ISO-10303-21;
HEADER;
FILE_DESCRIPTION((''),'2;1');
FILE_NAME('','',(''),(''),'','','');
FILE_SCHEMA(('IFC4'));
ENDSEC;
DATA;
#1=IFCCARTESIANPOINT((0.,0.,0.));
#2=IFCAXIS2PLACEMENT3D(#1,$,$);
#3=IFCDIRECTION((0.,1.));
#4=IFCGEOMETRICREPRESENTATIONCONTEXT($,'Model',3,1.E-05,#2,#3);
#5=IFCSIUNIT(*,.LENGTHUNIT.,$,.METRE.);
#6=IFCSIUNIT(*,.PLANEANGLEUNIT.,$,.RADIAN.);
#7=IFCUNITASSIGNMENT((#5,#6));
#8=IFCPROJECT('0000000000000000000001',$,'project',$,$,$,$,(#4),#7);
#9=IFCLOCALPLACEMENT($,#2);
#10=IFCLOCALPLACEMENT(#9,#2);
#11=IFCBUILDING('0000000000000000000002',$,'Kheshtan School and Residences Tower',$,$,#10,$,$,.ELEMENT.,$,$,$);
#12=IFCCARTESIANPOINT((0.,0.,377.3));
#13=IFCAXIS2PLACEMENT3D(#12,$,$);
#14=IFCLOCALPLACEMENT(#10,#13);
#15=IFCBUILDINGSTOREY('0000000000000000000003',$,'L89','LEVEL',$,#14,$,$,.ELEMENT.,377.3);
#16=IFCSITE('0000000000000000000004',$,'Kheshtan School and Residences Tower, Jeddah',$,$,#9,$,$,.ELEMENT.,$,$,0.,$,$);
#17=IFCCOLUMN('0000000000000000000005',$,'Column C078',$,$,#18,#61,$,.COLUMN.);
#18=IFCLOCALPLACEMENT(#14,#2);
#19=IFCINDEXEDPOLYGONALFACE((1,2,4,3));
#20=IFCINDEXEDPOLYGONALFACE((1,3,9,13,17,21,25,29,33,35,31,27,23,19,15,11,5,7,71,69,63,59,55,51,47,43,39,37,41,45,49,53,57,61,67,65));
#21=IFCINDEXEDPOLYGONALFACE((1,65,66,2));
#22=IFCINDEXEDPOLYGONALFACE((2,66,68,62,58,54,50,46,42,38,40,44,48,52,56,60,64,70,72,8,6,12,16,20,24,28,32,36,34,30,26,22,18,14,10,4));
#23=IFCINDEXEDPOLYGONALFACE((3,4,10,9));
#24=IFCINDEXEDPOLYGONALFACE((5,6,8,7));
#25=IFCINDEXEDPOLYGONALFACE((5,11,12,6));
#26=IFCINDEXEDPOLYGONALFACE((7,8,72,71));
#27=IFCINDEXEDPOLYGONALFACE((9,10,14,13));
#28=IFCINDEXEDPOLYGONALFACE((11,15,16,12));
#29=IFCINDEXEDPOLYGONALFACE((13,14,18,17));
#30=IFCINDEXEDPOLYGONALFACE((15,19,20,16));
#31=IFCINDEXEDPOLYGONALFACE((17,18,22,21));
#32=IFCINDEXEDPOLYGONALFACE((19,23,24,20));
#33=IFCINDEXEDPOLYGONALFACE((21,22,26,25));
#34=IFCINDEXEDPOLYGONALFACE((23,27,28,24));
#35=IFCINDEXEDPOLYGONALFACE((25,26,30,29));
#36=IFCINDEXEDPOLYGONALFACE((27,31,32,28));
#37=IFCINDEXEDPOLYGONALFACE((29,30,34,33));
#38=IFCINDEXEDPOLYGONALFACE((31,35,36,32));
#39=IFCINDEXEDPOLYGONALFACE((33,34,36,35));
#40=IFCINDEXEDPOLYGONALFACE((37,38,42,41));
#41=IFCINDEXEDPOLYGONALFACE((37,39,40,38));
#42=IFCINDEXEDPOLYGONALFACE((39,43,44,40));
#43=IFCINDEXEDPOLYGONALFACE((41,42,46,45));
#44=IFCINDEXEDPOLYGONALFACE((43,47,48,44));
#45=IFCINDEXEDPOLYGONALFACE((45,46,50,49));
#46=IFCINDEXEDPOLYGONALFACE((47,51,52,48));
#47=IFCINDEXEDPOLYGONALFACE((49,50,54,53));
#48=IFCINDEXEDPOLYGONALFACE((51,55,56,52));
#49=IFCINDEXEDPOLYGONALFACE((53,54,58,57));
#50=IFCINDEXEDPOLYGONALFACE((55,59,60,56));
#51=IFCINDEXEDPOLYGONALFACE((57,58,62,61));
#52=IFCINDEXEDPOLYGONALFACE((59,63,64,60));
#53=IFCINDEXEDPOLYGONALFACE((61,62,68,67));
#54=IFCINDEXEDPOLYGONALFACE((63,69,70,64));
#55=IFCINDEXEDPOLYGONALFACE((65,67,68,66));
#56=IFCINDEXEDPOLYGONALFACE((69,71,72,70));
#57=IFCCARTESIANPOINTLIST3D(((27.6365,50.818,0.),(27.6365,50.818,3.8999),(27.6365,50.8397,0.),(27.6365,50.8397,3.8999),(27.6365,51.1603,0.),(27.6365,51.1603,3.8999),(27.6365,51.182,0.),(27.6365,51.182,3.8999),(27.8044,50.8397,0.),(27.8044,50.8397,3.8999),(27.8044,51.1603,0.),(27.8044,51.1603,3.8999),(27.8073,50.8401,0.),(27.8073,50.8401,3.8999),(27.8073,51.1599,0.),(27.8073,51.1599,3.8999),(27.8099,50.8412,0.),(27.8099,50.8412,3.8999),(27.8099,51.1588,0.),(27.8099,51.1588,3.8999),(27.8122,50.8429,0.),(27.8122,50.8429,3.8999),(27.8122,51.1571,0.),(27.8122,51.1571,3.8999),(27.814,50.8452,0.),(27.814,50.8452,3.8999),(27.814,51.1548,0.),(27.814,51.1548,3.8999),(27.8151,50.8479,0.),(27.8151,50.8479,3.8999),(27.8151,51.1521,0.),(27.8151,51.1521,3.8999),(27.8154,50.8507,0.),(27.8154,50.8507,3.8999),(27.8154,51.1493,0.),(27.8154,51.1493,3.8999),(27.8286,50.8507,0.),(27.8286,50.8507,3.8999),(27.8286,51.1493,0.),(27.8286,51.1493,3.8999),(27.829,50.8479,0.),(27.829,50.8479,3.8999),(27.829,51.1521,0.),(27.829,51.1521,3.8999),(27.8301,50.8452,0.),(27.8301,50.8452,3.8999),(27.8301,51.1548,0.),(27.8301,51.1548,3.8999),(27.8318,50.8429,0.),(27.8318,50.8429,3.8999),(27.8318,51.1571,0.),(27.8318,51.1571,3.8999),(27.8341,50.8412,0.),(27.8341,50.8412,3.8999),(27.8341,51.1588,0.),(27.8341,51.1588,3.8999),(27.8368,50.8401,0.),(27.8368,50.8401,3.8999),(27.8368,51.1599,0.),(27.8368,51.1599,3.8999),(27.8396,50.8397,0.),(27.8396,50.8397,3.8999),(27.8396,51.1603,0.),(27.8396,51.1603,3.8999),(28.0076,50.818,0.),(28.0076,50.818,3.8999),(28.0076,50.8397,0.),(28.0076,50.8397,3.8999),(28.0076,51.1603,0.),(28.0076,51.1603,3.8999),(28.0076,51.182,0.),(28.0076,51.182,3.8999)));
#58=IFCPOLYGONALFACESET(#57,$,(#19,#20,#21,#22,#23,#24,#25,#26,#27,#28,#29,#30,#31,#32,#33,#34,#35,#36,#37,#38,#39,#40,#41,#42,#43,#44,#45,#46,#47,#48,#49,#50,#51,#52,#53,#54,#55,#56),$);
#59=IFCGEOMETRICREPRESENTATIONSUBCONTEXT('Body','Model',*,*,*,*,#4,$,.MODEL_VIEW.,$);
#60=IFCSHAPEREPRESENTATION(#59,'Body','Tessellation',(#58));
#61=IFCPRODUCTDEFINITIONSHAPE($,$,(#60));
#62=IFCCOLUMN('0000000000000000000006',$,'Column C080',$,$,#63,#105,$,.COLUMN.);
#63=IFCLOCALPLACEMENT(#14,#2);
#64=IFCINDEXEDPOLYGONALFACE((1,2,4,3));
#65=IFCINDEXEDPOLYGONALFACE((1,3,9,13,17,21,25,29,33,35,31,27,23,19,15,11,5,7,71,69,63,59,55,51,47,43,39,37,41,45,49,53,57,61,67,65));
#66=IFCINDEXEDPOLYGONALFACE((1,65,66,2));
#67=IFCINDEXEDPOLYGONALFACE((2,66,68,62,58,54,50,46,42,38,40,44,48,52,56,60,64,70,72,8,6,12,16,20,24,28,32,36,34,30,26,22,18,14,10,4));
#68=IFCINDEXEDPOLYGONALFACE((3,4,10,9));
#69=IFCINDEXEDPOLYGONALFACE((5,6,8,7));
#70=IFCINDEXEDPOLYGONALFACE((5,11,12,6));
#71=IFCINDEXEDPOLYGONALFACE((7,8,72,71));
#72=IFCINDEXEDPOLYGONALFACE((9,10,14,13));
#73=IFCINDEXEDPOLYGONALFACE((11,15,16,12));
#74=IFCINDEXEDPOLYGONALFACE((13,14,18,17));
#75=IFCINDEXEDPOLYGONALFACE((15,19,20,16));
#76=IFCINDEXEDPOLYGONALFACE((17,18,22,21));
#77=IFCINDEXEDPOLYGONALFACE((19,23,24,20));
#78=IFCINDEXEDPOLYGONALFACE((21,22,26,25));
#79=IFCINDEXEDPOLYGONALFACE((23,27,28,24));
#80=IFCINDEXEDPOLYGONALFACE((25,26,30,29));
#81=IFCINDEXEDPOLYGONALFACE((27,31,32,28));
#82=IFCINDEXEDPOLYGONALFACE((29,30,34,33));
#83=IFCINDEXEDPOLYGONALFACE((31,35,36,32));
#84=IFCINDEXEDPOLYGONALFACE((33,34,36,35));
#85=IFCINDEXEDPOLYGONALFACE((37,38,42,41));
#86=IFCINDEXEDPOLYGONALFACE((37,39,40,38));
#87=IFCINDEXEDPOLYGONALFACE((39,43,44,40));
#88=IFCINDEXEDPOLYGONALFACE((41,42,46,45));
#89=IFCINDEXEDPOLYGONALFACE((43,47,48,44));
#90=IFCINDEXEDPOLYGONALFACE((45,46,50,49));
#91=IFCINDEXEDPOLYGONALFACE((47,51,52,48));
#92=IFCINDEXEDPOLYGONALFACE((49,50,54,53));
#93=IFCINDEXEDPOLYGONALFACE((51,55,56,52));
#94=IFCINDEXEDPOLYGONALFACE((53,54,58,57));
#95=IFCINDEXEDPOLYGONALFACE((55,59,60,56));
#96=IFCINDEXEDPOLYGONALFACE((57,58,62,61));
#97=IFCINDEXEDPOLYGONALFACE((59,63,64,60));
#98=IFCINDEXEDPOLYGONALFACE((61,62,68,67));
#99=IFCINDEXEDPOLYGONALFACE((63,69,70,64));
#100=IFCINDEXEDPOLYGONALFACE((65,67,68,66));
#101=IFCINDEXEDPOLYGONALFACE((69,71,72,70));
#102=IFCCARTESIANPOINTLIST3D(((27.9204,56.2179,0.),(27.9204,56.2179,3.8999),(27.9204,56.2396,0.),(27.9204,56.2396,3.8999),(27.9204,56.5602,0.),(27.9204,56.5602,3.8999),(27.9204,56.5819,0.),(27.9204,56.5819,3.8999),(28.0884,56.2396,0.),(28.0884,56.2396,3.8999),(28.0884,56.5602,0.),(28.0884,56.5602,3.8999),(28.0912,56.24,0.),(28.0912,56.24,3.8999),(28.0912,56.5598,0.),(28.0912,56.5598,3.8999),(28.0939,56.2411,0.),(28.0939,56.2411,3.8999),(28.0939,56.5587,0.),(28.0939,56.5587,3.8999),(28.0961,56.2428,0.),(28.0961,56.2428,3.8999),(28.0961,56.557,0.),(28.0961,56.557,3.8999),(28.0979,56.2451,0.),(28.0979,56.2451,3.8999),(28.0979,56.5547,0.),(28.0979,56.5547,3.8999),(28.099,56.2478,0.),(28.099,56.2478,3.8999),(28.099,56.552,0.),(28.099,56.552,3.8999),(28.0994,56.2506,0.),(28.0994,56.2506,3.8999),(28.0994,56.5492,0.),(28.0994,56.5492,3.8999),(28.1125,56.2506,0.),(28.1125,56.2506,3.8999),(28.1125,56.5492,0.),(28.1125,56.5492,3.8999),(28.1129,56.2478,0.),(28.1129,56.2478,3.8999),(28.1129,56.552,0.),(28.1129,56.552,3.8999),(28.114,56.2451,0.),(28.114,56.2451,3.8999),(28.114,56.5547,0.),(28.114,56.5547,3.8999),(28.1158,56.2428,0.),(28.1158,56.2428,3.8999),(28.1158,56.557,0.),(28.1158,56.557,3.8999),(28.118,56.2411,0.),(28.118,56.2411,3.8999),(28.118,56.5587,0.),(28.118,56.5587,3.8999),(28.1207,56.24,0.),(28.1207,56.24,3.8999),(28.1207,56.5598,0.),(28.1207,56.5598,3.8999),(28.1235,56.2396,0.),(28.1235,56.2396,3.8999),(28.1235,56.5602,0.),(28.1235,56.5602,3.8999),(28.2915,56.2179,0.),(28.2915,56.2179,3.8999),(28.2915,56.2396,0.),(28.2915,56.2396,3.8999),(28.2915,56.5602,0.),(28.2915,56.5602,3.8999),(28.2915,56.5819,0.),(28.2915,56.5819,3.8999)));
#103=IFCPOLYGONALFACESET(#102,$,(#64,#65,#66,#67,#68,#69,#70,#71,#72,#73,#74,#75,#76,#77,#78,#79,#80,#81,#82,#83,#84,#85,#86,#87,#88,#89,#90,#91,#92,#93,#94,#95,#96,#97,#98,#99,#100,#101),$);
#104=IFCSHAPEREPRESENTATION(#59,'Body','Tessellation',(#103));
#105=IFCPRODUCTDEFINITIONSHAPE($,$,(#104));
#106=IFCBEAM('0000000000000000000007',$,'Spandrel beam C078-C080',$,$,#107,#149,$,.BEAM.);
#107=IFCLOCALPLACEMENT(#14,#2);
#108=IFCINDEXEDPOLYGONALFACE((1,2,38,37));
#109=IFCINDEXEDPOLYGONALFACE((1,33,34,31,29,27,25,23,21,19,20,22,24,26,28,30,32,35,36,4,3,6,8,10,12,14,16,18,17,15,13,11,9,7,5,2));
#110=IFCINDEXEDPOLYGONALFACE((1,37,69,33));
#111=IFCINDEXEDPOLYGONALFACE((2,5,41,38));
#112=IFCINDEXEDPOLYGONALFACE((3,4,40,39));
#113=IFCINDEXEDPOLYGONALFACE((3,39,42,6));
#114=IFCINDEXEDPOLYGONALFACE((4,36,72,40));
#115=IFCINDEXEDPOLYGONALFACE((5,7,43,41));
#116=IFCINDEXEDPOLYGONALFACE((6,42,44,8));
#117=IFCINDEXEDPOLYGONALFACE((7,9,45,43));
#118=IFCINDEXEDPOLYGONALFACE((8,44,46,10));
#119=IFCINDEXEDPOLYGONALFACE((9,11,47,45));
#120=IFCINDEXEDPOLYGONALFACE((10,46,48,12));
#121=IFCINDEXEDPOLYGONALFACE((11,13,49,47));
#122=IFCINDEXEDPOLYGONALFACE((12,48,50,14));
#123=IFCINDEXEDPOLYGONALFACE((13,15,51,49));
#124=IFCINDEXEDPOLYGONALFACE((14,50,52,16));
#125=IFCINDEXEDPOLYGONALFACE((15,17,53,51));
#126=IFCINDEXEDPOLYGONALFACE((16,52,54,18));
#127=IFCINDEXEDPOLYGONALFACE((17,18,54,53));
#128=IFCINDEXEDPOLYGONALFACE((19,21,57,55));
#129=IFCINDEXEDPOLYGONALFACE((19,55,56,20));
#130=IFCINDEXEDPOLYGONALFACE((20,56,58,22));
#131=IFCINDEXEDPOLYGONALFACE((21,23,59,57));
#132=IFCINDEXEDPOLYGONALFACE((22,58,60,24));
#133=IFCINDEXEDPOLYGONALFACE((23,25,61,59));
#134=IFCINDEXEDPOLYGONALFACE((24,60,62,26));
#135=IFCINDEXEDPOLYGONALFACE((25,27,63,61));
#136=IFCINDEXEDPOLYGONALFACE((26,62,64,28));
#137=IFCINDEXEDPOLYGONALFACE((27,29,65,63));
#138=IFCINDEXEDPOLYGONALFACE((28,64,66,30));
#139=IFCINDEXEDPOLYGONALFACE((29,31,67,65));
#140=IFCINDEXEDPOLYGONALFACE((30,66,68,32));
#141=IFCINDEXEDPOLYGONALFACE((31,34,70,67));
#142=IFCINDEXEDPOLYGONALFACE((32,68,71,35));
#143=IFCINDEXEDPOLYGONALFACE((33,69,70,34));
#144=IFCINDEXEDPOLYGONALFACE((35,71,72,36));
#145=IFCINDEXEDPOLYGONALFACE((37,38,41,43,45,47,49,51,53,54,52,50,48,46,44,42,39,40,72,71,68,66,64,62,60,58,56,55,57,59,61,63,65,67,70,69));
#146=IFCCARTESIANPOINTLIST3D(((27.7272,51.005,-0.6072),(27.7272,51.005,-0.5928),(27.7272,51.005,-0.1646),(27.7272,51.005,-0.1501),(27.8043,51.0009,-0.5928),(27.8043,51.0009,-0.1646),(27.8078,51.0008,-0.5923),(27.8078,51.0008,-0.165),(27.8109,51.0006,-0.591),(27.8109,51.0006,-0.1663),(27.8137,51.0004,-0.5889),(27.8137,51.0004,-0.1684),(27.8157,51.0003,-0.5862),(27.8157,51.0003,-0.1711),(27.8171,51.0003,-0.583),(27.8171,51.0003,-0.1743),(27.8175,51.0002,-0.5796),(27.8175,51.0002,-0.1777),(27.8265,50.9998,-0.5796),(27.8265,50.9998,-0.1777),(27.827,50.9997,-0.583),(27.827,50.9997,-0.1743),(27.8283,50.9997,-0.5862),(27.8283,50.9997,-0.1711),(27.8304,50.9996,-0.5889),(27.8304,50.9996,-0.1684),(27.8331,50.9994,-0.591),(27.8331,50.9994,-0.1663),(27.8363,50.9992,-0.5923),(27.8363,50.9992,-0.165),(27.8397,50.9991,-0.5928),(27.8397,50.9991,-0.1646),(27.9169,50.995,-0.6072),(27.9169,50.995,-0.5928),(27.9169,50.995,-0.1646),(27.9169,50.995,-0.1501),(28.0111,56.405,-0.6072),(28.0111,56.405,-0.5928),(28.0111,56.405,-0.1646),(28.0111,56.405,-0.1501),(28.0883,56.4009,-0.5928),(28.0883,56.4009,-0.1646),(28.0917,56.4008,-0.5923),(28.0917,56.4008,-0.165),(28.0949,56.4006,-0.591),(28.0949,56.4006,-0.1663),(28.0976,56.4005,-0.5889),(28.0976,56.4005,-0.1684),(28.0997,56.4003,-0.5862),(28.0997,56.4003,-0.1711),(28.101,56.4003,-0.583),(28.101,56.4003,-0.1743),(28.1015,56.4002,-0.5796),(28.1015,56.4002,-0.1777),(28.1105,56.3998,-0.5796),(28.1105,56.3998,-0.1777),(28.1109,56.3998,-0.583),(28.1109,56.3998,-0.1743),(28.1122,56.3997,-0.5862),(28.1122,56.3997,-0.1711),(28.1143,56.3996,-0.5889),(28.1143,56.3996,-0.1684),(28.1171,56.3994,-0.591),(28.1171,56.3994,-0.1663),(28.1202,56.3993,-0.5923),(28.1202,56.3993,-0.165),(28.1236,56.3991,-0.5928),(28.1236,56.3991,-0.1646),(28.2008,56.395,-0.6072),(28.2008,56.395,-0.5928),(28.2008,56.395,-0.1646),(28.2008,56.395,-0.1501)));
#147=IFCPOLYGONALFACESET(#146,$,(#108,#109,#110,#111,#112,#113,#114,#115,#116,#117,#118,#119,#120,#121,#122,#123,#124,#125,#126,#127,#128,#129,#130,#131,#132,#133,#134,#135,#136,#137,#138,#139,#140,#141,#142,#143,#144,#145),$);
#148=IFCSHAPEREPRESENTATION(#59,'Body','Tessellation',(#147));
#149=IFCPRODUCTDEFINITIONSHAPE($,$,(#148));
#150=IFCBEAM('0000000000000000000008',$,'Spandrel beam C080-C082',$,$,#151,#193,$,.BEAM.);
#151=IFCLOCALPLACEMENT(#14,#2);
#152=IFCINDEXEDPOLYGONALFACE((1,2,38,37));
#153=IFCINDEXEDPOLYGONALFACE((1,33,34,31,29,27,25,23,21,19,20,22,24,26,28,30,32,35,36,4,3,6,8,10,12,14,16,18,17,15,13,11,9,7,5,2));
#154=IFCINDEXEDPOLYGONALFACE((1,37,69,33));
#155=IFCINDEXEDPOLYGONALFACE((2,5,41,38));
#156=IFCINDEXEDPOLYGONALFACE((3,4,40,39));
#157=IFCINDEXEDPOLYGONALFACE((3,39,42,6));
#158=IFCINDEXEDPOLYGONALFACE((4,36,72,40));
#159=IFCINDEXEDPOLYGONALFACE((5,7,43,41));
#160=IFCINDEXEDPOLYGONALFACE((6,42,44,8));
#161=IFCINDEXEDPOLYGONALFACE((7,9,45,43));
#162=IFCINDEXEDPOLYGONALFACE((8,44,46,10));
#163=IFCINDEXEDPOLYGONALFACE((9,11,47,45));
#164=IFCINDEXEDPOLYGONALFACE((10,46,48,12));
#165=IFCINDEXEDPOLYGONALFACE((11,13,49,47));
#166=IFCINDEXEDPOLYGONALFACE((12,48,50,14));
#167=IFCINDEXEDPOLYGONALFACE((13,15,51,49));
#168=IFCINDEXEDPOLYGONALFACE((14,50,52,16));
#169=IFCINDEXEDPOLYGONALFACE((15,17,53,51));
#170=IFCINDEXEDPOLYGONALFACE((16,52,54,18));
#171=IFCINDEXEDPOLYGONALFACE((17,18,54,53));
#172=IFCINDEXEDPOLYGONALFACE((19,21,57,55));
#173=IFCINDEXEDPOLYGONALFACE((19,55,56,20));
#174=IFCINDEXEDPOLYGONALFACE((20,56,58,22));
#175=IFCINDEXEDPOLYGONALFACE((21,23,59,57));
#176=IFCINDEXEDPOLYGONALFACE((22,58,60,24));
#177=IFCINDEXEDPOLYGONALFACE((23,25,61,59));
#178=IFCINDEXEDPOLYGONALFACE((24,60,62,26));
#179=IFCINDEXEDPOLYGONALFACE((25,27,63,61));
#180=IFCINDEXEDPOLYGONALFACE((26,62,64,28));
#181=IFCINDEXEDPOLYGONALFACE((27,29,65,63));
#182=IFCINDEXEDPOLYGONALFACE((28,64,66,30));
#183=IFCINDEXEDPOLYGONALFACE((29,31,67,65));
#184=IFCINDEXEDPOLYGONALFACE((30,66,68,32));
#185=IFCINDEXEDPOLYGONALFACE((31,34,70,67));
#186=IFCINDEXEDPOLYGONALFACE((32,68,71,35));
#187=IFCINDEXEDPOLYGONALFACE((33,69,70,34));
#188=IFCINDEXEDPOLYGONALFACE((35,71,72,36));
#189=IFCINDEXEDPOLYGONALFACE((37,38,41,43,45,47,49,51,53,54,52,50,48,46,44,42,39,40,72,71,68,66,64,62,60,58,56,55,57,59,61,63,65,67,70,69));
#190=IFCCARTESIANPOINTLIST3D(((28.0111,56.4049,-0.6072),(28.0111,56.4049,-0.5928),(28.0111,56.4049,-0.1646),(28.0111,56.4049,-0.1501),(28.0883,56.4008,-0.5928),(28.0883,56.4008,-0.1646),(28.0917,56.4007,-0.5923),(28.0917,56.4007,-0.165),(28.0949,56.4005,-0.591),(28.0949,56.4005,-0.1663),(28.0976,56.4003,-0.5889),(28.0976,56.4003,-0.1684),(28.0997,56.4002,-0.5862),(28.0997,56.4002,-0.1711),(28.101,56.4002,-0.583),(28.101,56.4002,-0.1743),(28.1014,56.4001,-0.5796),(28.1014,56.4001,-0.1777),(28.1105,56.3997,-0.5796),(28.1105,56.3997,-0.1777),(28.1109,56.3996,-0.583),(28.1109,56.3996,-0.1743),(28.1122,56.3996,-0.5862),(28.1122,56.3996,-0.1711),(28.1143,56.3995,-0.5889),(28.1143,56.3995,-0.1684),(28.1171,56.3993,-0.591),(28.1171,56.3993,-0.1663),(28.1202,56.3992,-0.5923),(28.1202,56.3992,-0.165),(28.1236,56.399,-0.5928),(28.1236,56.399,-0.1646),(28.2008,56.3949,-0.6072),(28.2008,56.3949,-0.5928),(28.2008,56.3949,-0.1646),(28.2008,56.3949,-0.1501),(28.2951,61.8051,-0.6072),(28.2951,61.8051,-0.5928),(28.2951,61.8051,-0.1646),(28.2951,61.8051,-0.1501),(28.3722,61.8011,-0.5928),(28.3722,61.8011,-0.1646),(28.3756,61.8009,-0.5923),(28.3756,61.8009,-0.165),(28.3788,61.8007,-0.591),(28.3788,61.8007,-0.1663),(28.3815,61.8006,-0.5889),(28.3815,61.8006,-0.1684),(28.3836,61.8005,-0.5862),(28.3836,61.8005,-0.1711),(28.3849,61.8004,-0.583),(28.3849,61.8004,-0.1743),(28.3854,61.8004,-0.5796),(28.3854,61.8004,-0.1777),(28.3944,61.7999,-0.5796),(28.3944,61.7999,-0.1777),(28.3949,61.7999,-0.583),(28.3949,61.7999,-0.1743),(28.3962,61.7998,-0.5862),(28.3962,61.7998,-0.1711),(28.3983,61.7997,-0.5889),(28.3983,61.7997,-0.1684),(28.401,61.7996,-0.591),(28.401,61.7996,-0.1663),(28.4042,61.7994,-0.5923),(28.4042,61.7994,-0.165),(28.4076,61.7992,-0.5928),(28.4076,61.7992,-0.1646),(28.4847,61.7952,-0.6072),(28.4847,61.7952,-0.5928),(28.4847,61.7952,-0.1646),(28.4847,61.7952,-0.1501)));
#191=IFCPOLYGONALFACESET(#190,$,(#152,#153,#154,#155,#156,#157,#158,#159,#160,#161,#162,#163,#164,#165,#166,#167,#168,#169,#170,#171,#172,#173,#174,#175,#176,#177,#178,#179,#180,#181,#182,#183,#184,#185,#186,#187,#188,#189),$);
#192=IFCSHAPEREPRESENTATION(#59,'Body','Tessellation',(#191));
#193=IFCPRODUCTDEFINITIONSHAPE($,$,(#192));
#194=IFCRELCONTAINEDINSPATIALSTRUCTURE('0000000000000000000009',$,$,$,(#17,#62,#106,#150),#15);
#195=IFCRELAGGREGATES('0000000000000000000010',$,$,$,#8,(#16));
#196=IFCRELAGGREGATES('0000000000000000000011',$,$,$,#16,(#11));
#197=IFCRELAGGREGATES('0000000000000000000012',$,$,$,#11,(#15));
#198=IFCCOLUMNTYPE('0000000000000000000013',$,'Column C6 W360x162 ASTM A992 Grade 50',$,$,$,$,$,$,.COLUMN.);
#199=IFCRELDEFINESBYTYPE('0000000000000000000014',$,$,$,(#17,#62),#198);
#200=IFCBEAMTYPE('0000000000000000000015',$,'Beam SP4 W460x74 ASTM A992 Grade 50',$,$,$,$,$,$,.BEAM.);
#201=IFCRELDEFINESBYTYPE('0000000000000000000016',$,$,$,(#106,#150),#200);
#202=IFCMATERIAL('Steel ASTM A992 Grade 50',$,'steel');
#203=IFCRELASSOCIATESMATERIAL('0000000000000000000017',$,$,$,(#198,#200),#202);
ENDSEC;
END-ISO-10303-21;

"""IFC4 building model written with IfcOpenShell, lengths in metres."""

from ifc_helpers import new_model, si_unit, direction, frame, origin, origin_2d, place, context, subcontext, project, spatial, i_section, extrude, material, material_profile, profile_set, type_object, element, save


model = new_model("IFC4")

# Units and contexts
model_context = context("Model", 3, precision=1e-05, world=origin(), true_north=direction((0.0, 1.0)))
body_context = subcontext(model_context, "Body", "Model", "MODEL_VIEW")
ifc_project = project(units=[si_unit("LENGTHUNIT", "METRE"), si_unit("PLANEANGLEUNIT", "RADIAN")], contexts=[model_context])

# Site, building, storey
site_placement = place(None, origin())
site = spatial("IfcSite", under=ifc_project, at=site_placement, Name="Kheshtan School and Residences Tower, Jeddah", CompositionType="ELEMENT", RefElevation=0.0)
building_placement = place(site_placement, origin())
building = spatial("IfcBuilding", under=site, at=building_placement, Name="Kheshtan School and Residences Tower", CompositionType="ELEMENT")
storey_placement = place(building_placement, frame((0.0, 0.0, 377.3)))
storey = spatial("IfcBuildingStorey", under=building, at=storey_placement, Name="L89", Description="LEVEL", CompositionType="ELEMENT", Elevation=377.3)

# Columns
ifc_material_1 = material(Name="Steel ASTM A992 Grade 50", Category="steel")
ifc_material_profile_1 = material_profile(ifc_material_1, i_section(OverallWidth=0.3711, OverallDepth=0.364, WebThickness=0.0132, FlangeThickness=0.0217, FilletRadius=0.011, at=origin_2d()), Name="W360x162")
ifc_profile_set_1 = profile_set([ifc_material_profile_1], Name="Steel ASTM A992 Grade 50")
column_type = type_object("IfcColumnType", Name="Column C6 W360x162 ASTM A992 Grade 50", PredefinedType="COLUMN", material=ifc_profile_set_1)
for number, where, z_axis, x_axis, name in (
    (1, (27.822, 51.0, 0.0), (0.0, 0.0, 1.0), (1.0, 0.0, 0.0), "Column C078"),
    (2, (28.106, 56.3999, 0.0), (0.0, 0.0, 1.0), (1.0, 0.0, 0.0), "Column C080"),
):
    element("IfcColumn", number, at=place(storey_placement, frame(where, z_axis=z_axis, x_axis=x_axis)), inside=storey, type_object=column_type, Name=name, PredefinedType="COLUMN", context=body_context, shape_type="SweptSolid", body=[
        extrude(i_section(OverallWidth=0.3711, OverallDepth=0.364, WebThickness=0.0132, FlangeThickness=0.0217, FilletRadius=0.011, at=origin_2d()), origin(), (0.0, 0.0, 1.0), 3.8999),
    ])

# Beams
ifc_material_profile_2 = material_profile(ifc_material_1, i_section(OverallWidth=0.1899, OverallDepth=0.457, WebThickness=0.009, FlangeThickness=0.0144, FilletRadius=0.0132, at=origin_2d()), Name="W460x74")
ifc_profile_set_2 = profile_set([ifc_material_profile_2], Name="Steel ASTM A992 Grade 50")
beam_type = type_object("IfcBeamType", Name="Beam SP4 W460x74 ASTM A992 Grade 50", PredefinedType="BEAM", material=ifc_profile_set_2)
beam_1_placement = place(storey_placement, frame((27.822, 51.0, -0.3787), z_axis=(0.052509, 0.99862, 0.0), x_axis=(-0.99862, 0.052509, 0.0)))
element("IfcBeam", 3, at=beam_1_placement, inside=storey, type_object=beam_type, Name="Spandrel beam C078-C080", PredefinedType="BEAM", context=body_context, shape_type="SweptSolid", body=[
    extrude(i_section(OverallWidth=0.1899, OverallDepth=0.457, WebThickness=0.009, FlangeThickness=0.0144, FilletRadius=0.0132, at=origin_2d()), origin(), (0.0, 0.0, 1.0), 5.4075),
])
beam_2_placement = place(storey_placement, frame((28.106, 56.3999, -0.3787), z_axis=(0.052507, 0.998621, 0.0), x_axis=(-0.998621, 0.052507, 0.0)))
element("IfcBeam", 4, at=beam_2_placement, inside=storey, type_object=beam_type, Name="Spandrel beam C080-C082", PredefinedType="BEAM", context=body_context, shape_type="SweptSolid", body=[
    extrude(i_section(OverallWidth=0.1899, OverallDepth=0.457, WebThickness=0.009, FlangeThickness=0.0144, FilletRadius=0.0132, at=origin_2d()), origin(), (0.0, 0.0, 1.0), 5.4077),
])

save(model, "model.ifc")
